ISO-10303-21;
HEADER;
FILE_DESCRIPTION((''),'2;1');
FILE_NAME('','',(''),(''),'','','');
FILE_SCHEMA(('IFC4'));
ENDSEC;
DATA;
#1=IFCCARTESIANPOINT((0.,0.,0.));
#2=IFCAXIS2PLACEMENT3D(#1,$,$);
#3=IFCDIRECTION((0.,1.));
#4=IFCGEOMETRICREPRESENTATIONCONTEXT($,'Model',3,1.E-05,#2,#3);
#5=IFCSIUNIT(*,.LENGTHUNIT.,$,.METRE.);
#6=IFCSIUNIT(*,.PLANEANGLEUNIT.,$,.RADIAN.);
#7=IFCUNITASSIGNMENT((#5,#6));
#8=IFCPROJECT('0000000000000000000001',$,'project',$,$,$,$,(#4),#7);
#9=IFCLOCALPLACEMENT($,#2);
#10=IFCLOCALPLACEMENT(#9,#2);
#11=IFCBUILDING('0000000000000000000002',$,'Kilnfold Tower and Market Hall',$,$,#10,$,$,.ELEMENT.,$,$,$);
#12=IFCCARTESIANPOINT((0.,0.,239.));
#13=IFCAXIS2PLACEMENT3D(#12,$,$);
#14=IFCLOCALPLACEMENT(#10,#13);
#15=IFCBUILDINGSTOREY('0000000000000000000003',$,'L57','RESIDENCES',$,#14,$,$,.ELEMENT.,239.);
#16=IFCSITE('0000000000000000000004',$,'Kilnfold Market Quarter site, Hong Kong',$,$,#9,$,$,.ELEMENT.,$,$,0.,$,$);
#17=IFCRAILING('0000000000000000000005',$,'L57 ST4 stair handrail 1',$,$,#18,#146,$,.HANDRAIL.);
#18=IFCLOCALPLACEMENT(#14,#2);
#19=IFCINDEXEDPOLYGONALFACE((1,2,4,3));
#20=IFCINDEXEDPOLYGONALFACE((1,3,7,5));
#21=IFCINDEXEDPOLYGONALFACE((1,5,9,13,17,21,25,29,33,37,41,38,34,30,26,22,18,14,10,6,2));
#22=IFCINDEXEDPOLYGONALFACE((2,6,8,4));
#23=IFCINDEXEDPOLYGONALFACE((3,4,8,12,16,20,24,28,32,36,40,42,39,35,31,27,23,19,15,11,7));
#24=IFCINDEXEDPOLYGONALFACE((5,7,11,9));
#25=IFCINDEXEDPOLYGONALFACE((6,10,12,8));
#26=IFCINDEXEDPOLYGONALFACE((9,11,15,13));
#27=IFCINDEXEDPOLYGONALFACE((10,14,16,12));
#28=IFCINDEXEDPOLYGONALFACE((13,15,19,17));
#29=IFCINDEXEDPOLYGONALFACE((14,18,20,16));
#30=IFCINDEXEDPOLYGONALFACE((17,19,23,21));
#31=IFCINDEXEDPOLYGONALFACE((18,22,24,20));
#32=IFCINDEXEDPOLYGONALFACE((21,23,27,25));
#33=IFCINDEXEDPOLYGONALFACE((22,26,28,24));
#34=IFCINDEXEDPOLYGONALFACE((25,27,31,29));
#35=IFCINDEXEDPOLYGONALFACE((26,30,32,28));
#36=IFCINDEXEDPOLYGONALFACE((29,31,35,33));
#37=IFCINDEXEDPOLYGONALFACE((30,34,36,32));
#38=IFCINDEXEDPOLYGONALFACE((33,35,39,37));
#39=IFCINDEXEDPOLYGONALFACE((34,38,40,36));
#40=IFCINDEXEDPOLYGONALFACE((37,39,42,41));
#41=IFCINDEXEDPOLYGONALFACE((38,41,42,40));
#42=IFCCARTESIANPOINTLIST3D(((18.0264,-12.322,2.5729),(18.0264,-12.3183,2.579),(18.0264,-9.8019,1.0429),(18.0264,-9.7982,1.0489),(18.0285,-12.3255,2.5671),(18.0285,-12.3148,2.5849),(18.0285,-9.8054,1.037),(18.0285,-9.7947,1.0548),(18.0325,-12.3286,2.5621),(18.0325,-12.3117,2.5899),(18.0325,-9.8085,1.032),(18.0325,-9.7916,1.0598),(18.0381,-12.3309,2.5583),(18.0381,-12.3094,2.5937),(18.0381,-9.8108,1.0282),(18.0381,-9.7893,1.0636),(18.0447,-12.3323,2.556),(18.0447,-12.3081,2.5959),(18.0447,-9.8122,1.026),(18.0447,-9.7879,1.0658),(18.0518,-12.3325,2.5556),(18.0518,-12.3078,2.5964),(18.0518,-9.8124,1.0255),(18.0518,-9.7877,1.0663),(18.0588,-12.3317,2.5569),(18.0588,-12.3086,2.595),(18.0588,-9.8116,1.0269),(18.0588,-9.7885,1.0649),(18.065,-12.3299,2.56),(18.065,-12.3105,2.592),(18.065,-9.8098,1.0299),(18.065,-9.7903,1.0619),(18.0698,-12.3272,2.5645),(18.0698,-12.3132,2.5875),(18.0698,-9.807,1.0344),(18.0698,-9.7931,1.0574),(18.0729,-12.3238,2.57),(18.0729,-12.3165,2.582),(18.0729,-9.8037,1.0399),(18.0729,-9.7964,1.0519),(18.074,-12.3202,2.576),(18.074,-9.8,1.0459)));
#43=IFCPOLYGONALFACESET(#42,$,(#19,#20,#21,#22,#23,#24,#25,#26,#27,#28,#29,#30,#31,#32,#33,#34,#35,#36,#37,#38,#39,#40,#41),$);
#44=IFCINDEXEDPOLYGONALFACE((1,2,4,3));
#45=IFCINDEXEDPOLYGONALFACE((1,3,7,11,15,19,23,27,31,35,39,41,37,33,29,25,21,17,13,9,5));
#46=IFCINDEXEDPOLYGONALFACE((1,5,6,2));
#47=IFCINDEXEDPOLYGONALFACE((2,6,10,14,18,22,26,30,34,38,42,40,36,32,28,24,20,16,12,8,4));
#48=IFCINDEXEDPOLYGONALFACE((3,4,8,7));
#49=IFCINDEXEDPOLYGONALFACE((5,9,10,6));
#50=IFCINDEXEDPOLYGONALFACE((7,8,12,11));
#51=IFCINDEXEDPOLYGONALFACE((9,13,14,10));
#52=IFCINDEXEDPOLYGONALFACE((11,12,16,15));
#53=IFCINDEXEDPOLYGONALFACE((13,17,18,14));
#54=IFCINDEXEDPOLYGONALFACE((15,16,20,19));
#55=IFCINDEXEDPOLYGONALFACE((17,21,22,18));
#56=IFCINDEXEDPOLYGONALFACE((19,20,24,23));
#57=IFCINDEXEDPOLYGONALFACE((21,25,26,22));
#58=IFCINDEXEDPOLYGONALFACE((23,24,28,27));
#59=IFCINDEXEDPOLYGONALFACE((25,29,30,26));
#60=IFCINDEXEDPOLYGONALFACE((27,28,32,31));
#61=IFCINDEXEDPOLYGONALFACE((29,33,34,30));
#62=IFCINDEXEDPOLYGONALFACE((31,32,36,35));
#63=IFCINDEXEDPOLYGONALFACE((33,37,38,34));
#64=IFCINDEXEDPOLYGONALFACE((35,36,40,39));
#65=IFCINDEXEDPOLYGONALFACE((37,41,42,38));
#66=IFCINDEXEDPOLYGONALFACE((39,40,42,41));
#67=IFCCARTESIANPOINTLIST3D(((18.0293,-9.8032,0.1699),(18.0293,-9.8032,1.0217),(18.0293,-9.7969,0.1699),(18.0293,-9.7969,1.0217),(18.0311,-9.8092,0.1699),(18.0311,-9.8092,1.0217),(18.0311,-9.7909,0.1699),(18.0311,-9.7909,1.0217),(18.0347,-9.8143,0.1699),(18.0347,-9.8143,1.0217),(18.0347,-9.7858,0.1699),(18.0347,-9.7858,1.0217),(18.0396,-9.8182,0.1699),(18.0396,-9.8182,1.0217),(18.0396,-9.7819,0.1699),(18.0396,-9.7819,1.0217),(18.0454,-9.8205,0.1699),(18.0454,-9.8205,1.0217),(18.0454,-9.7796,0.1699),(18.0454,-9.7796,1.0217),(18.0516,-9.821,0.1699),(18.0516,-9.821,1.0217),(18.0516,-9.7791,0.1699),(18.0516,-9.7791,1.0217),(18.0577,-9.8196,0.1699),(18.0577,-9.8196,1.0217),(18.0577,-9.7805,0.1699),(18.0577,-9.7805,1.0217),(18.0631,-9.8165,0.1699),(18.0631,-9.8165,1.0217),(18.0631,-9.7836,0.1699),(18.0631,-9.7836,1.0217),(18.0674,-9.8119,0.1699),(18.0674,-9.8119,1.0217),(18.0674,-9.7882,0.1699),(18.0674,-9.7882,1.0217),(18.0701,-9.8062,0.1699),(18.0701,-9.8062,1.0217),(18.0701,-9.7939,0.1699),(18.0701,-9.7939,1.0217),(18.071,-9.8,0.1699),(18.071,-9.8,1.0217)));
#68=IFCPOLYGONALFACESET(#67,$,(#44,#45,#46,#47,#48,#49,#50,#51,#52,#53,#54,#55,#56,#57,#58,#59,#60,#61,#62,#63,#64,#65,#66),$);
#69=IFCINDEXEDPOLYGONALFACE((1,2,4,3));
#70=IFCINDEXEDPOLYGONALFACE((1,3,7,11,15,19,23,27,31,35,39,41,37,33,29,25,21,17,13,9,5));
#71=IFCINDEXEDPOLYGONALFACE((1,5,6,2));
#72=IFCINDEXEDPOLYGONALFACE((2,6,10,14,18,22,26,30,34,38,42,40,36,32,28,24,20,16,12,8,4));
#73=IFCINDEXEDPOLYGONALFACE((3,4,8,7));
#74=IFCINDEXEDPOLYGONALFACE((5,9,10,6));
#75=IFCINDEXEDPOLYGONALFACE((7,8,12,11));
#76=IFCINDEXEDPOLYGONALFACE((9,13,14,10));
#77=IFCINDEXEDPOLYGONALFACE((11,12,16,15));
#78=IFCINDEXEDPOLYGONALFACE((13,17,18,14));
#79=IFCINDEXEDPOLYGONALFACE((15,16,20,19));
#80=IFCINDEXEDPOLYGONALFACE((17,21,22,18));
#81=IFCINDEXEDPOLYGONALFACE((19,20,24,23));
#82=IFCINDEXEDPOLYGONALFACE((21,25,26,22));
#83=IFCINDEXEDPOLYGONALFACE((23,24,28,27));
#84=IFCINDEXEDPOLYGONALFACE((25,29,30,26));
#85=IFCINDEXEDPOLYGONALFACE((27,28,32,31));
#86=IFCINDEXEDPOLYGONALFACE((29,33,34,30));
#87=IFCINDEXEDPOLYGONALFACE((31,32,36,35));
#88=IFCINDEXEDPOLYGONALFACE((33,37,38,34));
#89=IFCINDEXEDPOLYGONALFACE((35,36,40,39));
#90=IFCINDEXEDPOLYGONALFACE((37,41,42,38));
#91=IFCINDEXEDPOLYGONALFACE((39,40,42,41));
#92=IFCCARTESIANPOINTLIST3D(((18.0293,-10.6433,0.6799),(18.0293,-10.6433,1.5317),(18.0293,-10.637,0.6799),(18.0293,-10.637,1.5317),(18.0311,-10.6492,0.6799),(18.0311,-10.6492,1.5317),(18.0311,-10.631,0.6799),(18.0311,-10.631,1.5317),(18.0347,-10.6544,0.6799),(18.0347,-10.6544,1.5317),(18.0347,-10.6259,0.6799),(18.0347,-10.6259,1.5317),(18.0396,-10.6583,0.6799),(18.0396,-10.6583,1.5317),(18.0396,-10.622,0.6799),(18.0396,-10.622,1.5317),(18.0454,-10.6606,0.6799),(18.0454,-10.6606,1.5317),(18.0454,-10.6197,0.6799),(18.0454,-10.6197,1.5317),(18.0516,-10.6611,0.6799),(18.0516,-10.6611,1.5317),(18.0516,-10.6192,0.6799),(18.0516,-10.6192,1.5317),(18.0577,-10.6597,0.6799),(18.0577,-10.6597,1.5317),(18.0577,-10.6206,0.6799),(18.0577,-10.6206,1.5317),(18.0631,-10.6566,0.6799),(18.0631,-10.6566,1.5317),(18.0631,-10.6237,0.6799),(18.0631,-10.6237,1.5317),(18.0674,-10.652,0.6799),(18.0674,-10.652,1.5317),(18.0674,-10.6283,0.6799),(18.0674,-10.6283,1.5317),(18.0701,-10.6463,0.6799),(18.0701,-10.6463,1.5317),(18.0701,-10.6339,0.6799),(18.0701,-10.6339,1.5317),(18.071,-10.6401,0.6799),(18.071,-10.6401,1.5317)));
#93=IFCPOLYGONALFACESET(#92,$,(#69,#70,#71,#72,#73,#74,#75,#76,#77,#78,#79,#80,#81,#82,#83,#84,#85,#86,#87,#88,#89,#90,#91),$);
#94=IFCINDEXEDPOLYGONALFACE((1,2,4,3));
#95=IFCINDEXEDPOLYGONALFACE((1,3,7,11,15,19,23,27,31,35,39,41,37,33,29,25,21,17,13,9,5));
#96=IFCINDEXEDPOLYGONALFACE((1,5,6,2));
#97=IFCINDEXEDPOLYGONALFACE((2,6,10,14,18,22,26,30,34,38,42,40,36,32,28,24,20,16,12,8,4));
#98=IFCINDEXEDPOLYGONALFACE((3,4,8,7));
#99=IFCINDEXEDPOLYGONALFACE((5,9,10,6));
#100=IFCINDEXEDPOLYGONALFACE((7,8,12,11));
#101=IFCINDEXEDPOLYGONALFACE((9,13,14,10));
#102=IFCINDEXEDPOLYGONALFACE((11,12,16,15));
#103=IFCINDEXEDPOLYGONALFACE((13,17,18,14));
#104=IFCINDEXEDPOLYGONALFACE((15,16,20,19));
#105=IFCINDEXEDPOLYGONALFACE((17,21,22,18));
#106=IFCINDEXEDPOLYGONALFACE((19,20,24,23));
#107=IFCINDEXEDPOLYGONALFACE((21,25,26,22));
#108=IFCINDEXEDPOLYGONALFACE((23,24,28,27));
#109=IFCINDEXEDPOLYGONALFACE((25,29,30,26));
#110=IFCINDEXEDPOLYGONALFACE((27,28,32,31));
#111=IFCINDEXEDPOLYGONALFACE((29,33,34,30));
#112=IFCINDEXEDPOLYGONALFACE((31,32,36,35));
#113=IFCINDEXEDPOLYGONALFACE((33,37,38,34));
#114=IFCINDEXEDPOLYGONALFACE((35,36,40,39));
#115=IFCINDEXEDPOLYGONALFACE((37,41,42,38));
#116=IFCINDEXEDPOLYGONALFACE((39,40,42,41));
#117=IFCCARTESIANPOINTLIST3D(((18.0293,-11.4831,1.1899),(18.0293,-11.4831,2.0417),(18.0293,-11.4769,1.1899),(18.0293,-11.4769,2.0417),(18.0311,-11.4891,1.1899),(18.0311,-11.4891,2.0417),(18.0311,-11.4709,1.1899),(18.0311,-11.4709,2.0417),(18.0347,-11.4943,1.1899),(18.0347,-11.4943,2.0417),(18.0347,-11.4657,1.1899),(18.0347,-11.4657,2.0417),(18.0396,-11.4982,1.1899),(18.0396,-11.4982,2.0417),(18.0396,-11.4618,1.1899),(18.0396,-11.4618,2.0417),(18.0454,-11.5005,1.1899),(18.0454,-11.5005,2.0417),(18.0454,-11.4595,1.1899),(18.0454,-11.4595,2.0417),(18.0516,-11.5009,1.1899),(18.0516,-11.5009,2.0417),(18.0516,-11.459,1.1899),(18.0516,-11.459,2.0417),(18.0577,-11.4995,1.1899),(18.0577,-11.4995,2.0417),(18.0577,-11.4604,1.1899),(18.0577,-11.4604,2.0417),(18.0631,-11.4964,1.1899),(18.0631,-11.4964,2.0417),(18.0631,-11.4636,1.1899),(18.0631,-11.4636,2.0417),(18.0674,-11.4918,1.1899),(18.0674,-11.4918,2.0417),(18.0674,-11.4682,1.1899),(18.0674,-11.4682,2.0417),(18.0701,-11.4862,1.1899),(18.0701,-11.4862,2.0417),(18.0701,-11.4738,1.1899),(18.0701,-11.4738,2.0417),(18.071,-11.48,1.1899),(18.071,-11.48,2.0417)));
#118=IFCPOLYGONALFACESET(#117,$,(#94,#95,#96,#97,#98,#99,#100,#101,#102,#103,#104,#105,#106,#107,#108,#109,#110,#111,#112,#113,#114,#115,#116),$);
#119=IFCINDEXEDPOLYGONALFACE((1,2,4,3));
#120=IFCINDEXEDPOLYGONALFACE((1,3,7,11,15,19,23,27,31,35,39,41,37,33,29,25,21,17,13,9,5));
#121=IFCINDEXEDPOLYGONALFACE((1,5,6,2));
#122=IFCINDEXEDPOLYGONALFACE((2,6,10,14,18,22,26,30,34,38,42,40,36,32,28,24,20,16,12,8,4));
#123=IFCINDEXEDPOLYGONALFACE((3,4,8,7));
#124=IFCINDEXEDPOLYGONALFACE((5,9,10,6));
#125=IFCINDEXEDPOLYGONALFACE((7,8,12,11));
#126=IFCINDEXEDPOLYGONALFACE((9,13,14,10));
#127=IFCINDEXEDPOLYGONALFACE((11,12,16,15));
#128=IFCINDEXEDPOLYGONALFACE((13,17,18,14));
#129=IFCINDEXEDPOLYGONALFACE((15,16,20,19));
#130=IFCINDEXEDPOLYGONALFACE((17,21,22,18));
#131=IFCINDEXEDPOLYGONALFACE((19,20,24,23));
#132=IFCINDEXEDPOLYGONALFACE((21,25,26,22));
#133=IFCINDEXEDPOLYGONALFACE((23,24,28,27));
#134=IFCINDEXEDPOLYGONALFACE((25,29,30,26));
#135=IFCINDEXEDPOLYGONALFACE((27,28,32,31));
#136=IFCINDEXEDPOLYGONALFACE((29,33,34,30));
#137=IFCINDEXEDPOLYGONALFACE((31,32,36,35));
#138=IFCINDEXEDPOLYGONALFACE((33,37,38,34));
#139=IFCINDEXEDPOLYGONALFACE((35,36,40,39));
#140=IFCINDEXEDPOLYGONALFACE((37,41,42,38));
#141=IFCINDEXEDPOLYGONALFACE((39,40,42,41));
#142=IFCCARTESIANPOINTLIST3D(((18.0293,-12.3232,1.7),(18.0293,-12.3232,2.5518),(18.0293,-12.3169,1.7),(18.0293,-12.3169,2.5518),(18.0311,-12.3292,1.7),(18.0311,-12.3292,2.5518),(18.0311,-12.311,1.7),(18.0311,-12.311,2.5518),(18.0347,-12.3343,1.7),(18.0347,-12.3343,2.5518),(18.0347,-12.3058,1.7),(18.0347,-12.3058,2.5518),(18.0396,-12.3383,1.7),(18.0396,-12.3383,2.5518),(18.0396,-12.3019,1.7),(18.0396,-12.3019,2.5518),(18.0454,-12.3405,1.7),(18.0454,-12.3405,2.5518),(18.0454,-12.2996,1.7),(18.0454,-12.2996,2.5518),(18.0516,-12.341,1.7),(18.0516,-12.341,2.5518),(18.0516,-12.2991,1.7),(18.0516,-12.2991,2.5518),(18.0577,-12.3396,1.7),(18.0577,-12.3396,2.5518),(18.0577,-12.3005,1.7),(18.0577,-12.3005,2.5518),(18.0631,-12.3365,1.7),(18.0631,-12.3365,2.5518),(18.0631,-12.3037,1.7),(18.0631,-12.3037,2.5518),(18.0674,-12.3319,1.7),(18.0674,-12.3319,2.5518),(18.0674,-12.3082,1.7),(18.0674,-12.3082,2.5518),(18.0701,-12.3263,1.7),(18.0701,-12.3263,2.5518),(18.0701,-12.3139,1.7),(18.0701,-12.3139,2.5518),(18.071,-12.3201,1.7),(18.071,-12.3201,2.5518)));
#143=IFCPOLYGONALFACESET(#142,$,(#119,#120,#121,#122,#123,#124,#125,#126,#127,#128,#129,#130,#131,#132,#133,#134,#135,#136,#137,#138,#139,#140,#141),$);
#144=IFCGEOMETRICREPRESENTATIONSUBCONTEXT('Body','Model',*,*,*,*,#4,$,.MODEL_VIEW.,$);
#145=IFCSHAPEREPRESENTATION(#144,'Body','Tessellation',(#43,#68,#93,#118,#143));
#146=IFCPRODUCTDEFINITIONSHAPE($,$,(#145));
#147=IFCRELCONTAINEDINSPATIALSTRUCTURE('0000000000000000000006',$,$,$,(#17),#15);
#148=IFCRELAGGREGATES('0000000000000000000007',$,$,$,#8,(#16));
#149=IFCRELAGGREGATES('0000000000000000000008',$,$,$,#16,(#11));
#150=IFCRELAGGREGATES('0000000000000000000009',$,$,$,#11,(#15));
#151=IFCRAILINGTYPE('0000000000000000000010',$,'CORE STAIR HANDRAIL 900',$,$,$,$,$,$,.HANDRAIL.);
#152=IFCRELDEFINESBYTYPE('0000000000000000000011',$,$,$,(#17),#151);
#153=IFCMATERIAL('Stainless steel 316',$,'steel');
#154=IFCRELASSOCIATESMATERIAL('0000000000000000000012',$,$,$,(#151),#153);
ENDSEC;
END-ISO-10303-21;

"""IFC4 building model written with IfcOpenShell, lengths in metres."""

from ifc_helpers import new_model, si_unit, direction, frame, origin, origin_2d, place, context, subcontext, project, spatial, circle, extrude, material, type_object, element, save


model = new_model("IFC4")

# Units and contexts
model_context = context("Model", 3, precision=1e-05, world=origin(), true_north=direction((0.0, 1.0)))
body_context = subcontext(model_context, "Body", "Model", "MODEL_VIEW")
ifc_project = project(units=[si_unit("LENGTHUNIT", "METRE"), si_unit("PLANEANGLEUNIT", "RADIAN")], contexts=[model_context])

# Site, building, storey
site_placement = place(None, origin())
site = spatial("IfcSite", under=ifc_project, at=site_placement, Name="Kilnfold Market Quarter site, Hong Kong", CompositionType="ELEMENT", RefElevation=0.0)
building_placement = place(site_placement, origin())
building = spatial("IfcBuilding", under=site, at=building_placement, Name="Kilnfold Tower and Market Hall", CompositionType="ELEMENT")
storey_placement = place(building_placement, frame((0.0, 0.0, 239.0)))
storey = spatial("IfcBuildingStorey", under=building, at=storey_placement, Name="L57", Description="RESIDENCES", CompositionType="ELEMENT", Elevation=239.0)

# Railing
ifc_material_1 = material(Name="Stainless steel 316", Category="steel")
railing_type_1 = type_object("IfcRailingType", Name="CORE STAIR HANDRAIL 900", PredefinedType="HANDRAIL", material=ifc_material_1)
railing_1_placement = place(storey_placement, frame((18.05, -9.8, 0.1699)))
element("IfcRailing", 1, at=railing_1_placement, inside=storey, type_object=railing_type_1, Name="L57 ST4 stair handrail 1", PredefinedType="HANDRAIL", context=body_context, shape_type="SweptSolid", body=[
    extrude(circle(Radius=0.0239, at=origin_2d()), frame((0.0, 0.0, 0.876), z_axis=(0.0, -0.854785, 0.518982), x_axis=(1.0, 0.0, 0.0)), (0.0, 0.0, 1.0), 2.9482),
    extrude(circle(Radius=0.021, at=origin_2d()), origin(), (0.0, 0.0, 1.0), 0.8518),
    extrude(circle(Radius=0.021, at=origin_2d()), frame((0.0, -0.8401, 0.51)), (0.0, 0.0, 1.0), 0.8518),
    extrude(circle(Radius=0.021, at=origin_2d()), frame((0.0, -1.6799, 1.02)), (0.0, 0.0, 1.0), 0.8518),
    extrude(circle(Radius=0.021, at=origin_2d()), frame((0.0, -2.52, 1.53)), (0.0, 0.0, 1.0), 0.8518),
])

save(model, "model.ifc")
